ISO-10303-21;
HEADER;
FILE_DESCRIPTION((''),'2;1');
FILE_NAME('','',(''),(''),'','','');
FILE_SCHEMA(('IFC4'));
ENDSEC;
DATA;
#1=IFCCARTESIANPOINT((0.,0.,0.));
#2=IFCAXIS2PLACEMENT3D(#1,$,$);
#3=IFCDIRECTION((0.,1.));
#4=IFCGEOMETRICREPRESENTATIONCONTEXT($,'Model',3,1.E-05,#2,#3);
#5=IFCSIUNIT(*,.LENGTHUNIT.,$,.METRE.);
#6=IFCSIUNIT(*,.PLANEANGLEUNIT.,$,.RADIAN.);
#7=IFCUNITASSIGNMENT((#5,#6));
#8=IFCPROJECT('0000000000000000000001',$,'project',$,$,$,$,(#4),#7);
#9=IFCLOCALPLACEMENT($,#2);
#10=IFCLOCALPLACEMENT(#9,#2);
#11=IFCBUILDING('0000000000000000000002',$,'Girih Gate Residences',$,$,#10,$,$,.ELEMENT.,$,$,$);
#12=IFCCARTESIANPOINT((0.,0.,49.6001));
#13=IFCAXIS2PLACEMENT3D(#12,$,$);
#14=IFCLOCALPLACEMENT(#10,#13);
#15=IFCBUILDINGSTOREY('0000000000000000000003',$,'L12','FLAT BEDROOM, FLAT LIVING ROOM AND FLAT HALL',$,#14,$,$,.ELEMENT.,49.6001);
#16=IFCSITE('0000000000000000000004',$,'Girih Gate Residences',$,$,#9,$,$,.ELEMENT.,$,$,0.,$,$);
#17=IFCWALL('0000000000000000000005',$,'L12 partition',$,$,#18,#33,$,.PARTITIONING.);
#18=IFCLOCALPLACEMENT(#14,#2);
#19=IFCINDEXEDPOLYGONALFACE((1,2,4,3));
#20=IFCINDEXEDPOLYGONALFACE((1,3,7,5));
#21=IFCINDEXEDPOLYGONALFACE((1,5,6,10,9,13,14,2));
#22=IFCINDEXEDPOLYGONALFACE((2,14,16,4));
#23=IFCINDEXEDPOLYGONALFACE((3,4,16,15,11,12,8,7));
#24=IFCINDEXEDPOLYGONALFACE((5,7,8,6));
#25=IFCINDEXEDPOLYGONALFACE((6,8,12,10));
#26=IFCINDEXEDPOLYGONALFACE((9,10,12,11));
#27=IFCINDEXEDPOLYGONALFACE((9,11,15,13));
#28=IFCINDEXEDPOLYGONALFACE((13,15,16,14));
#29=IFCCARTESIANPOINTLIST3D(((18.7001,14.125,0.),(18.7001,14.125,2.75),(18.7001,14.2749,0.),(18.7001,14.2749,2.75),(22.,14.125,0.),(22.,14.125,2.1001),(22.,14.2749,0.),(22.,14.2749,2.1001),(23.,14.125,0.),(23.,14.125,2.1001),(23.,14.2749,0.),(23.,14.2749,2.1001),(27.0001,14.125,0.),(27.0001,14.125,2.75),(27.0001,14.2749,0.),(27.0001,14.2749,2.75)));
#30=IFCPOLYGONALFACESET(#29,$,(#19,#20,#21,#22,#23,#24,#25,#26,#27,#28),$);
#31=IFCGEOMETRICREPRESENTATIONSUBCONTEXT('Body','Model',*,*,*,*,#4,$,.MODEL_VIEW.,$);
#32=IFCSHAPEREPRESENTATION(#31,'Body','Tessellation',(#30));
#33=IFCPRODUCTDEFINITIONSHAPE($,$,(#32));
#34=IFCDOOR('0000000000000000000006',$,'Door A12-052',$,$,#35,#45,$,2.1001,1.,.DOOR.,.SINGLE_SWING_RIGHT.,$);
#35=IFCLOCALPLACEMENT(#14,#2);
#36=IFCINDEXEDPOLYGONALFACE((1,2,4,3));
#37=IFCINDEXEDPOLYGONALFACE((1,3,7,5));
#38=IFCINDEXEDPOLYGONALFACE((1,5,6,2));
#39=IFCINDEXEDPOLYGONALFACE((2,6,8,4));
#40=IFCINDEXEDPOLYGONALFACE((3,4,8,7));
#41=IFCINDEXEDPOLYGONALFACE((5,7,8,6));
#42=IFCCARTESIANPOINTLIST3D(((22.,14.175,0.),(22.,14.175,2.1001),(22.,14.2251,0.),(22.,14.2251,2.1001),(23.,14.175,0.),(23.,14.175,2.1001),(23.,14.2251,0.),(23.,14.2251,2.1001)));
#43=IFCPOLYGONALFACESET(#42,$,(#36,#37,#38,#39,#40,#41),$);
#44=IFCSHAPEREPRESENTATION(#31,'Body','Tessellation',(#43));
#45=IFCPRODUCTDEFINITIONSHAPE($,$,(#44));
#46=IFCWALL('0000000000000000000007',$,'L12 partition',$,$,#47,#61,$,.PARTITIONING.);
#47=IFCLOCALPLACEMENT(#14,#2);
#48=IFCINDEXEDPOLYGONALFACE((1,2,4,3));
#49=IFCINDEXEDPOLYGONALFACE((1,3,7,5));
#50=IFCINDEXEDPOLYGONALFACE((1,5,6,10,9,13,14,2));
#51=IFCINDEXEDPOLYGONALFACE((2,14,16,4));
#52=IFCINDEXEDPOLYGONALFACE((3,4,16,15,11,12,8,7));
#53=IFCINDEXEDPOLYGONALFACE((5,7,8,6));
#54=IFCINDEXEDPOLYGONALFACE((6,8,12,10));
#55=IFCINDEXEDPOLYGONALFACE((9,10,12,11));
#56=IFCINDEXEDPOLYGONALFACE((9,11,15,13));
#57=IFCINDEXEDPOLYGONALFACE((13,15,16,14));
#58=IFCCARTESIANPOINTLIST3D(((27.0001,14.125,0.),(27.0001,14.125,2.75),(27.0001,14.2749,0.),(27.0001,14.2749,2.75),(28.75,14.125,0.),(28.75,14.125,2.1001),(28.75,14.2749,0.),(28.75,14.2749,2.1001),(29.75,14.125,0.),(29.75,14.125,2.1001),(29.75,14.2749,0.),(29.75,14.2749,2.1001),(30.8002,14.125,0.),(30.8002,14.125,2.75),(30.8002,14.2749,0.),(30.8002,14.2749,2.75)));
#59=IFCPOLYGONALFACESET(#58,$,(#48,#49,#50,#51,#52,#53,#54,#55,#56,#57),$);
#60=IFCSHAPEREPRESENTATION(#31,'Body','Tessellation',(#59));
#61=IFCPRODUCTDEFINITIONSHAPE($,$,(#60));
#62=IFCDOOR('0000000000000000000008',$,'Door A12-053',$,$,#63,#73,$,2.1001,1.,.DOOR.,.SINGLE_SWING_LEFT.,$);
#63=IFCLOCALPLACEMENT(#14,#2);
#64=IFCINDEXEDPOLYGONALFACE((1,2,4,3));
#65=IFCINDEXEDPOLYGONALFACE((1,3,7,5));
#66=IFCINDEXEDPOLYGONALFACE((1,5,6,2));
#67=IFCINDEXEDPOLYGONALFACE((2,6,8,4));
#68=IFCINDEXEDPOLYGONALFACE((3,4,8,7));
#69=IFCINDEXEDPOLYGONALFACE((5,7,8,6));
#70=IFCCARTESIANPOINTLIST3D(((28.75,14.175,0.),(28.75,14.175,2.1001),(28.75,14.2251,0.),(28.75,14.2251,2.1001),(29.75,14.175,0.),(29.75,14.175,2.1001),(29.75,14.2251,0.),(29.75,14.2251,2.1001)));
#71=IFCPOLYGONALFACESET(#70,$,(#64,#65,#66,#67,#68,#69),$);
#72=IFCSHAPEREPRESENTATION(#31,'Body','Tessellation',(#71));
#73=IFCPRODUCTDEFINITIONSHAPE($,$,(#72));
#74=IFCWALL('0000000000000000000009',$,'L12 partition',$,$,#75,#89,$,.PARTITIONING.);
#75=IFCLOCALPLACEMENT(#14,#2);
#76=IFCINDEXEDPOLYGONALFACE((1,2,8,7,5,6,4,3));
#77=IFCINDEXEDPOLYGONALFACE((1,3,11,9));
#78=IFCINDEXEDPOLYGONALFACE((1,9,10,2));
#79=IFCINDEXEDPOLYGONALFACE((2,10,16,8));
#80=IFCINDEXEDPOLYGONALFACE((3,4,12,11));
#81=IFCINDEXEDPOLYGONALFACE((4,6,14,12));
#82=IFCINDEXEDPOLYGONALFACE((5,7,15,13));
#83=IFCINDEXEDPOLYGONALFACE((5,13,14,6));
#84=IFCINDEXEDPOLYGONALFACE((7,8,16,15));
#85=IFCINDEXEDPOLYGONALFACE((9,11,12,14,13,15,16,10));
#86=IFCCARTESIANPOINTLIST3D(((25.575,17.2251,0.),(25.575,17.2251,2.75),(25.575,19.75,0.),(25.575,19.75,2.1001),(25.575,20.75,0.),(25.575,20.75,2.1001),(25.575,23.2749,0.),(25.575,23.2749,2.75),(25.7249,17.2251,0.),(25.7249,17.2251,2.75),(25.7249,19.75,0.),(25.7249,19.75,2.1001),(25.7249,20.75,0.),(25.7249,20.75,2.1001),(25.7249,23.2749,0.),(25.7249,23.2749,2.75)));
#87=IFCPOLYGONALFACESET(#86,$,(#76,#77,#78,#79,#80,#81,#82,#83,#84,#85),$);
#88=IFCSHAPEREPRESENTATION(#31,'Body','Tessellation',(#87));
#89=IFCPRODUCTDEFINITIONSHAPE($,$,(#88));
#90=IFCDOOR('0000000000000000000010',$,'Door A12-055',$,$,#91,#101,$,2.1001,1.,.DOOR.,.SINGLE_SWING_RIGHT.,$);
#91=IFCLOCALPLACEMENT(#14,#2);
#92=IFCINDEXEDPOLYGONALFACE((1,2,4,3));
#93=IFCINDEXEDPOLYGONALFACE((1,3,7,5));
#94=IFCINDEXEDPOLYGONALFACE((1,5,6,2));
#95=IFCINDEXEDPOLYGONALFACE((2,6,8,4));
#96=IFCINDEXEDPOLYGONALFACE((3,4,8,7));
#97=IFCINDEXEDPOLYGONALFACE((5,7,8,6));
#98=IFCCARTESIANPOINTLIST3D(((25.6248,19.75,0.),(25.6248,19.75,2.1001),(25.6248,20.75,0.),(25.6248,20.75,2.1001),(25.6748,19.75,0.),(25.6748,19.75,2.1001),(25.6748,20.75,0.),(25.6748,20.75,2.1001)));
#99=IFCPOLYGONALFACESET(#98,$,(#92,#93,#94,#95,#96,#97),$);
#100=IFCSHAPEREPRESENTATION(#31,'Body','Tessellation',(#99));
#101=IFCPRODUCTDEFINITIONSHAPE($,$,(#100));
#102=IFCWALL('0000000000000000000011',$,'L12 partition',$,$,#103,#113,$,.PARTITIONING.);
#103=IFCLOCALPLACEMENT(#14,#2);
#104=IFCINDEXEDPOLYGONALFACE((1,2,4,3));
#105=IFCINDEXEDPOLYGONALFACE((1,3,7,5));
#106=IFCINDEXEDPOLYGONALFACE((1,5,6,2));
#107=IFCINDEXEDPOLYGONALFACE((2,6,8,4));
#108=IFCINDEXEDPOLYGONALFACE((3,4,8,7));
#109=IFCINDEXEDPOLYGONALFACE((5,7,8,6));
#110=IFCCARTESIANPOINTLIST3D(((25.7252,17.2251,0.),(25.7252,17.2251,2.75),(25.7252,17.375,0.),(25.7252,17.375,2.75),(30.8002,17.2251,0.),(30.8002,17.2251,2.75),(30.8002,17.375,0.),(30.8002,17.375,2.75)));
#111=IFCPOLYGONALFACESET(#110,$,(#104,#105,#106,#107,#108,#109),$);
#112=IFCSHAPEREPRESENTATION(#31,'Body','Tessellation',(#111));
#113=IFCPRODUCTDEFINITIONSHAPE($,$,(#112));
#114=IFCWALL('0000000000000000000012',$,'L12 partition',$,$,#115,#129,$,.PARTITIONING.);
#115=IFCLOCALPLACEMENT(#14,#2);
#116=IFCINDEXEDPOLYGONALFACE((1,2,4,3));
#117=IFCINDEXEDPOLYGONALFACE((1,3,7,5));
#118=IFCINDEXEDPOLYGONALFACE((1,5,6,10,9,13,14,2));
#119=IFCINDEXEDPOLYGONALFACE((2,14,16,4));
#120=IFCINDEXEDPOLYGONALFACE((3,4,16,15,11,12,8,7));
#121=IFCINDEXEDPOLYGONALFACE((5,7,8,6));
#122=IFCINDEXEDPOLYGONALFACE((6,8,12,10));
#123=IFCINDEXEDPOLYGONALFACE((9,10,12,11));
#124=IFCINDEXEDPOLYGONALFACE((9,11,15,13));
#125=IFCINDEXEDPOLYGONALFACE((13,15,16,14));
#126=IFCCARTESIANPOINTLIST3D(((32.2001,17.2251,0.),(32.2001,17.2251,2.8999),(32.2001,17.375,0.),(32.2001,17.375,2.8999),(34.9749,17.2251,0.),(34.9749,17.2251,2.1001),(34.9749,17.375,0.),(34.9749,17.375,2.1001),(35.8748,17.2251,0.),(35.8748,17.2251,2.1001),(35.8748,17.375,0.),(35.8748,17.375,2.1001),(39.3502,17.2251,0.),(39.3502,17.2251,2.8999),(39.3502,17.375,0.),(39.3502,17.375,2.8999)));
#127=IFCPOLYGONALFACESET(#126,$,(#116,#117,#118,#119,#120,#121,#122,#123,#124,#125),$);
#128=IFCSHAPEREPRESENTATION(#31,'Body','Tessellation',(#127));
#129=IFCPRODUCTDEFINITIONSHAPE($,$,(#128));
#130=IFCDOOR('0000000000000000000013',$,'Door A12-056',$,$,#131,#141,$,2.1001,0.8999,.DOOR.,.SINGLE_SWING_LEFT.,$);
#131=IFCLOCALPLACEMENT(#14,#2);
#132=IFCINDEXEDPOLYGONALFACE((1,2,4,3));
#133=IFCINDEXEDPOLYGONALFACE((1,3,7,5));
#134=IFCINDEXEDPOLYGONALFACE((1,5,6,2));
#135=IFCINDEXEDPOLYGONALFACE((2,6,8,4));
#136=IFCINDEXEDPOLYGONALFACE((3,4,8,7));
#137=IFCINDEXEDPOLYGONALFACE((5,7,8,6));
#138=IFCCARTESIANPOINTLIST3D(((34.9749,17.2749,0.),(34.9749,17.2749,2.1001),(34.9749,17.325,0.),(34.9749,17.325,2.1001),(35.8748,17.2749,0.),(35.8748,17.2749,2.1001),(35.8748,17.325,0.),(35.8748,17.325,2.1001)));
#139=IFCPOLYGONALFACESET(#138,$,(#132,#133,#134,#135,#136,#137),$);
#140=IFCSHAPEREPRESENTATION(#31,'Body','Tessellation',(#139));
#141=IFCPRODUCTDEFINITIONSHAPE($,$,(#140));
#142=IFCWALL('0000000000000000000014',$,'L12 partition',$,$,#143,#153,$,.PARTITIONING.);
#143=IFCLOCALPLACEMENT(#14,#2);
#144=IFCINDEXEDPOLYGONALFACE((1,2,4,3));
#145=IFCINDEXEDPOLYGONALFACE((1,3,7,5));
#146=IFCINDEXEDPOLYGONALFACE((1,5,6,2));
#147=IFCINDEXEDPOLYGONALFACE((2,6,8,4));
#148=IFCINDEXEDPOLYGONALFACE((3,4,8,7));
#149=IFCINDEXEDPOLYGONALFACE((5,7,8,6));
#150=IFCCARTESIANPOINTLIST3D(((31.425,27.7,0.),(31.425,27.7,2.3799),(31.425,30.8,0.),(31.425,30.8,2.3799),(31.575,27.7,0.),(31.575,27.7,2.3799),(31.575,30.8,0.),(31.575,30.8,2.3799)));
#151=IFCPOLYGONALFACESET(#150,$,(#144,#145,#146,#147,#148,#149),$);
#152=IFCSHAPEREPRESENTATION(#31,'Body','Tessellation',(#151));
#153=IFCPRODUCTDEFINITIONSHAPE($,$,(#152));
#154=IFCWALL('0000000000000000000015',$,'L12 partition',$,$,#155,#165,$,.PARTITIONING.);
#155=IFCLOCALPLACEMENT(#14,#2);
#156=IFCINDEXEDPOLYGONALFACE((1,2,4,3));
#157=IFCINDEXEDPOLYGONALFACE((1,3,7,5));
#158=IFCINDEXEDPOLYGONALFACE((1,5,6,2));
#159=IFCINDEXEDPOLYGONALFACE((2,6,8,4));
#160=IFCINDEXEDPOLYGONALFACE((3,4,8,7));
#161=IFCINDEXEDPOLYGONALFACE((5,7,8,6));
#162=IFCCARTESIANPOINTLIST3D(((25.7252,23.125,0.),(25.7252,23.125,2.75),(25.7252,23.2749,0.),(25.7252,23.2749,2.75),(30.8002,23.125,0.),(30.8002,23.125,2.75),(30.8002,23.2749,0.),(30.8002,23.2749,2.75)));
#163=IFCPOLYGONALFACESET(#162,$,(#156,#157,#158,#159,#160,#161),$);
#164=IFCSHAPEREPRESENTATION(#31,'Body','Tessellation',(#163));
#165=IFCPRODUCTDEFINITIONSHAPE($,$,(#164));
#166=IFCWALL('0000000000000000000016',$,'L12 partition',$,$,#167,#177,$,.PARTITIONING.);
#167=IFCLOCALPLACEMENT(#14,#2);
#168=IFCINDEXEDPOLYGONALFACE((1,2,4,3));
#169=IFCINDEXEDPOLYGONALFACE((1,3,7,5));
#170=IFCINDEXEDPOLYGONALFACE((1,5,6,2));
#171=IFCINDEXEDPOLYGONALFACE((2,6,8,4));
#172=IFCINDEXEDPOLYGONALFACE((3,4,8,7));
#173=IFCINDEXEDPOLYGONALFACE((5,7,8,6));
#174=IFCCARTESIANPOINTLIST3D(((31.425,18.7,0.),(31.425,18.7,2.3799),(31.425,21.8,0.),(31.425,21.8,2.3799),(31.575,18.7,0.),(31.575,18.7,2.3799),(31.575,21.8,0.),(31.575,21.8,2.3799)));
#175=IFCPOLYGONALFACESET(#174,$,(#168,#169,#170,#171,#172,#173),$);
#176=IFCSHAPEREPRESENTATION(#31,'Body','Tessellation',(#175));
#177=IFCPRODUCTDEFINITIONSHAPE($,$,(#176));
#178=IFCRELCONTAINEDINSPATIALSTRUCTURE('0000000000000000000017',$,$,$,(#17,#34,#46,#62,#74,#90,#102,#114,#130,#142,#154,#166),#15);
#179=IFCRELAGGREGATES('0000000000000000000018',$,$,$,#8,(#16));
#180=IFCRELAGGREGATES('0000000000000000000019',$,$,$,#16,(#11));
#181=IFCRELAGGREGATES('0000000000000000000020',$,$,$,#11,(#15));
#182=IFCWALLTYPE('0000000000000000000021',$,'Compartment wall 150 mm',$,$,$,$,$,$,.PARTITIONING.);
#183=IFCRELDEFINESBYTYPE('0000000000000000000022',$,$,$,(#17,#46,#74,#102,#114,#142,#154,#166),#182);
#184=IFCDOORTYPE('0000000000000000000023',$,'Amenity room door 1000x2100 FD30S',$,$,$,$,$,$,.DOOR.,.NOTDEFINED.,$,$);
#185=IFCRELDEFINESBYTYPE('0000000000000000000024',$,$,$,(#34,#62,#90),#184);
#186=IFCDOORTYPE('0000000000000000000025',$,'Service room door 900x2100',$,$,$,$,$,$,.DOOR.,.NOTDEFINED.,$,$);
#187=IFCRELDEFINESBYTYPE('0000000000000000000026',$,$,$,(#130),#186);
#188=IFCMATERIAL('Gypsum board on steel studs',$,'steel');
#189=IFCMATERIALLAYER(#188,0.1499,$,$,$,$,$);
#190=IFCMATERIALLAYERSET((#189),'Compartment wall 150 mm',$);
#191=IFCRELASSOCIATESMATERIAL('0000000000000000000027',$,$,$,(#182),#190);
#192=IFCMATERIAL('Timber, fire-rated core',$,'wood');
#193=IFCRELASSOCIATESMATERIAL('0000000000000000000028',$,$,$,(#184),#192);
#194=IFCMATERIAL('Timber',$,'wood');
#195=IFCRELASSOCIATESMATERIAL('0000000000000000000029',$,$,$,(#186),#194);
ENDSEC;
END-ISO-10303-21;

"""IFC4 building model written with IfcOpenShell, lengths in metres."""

from ifc_helpers import new_model, si_unit, direction, frame, frame_2d, origin, place, context, subcontext, project, spatial, rectangle, extrude, material, layer, layer_set, type_object, element, fill, save


model = new_model("IFC4")

# Units and contexts
model_context = context("Model", 3, precision=1e-05, world=origin(), true_north=direction((0.0, 1.0)))
body_context = subcontext(model_context, "Body", "Model", "MODEL_VIEW")
ifc_project = project(units=[si_unit("LENGTHUNIT", "METRE"), si_unit("PLANEANGLEUNIT", "RADIAN")], contexts=[model_context])

# Site, building, storey
site_placement = place(None, origin())
site = spatial("IfcSite", under=ifc_project, at=site_placement, Name="Girih Gate Residences", CompositionType="ELEMENT", RefElevation=0.0)
building_placement = place(site_placement, origin())
building = spatial("IfcBuilding", under=site, at=building_placement, Name="Girih Gate Residences", CompositionType="ELEMENT")
storey_placement = place(building_placement, frame((0.0, 0.0, 49.6001)))
storey = spatial("IfcBuildingStorey", under=building, at=storey_placement, Name="L12", Description="FLAT BEDROOM, FLAT LIVING ROOM AND FLAT HALL", CompositionType="ELEMENT", Elevation=49.6001)

# Shared definitions
ifc_material_1 = material(Name="Gypsum board on steel studs", Category="steel")
ifc_layer_1 = layer(ifc_material_1, 0.1499)
ifc_layer_set_1 = layer_set([ifc_layer_1], Name="Compartment wall 150 mm")
wall_type_1 = type_object("IfcWallType", Name="Compartment wall 150 mm", PredefinedType="PARTITIONING", material=ifc_layer_set_1)

# Shared definitions
ifc_material_2 = material(Name="Timber, fire-rated core", Category="wood")

# Walls, openings, doors
wall_1_placement = place(storey_placement, frame((27.0, 14.2, 0.0), z_axis=(0.0, 0.0, 1.0), x_axis=(-1.0, 0.0, 0.0)))
wall_1 = element("IfcWall", 1, at=wall_1_placement, inside=storey, type_object=wall_type_1, Name="L12 partition", PredefinedType="PARTITIONING", context=body_context, shape_type="SweptSolid", body=[
    extrude(rectangle(XDim=8.3, YDim=0.1499, at=frame_2d((4.1499, 0.0))), origin(), (0.0, 0.0, 1.0), 2.75),
])
opening_1_placement = place(wall_1_placement, frame((4.0, 0.0, 0.0)))
opening_1 = element("IfcOpeningElement", 2, at=opening_1_placement, cuts=wall_1, PredefinedType="OPENING", context=body_context, shape_type="SweptSolid", body=[
    extrude(rectangle(XDim=1.0, YDim=2.1001, at=frame_2d((0.5, 1.05))), frame((0.0, 0.085, 0.0), z_axis=(0.0, -1.0, 0.0), x_axis=(1.0, 0.0, 0.0)), (0.0, 0.0, 1.0), 0.1699),
])
door_type_1 = type_object("IfcDoorType", Name="Amenity room door 1000x2100 FD30S", OperationType="NOTDEFINED", PredefinedType="DOOR", material=ifc_material_2)
door_1_placement = place(opening_1_placement, origin())
door_1 = element("IfcDoor", 3, at=door_1_placement, inside=storey, type_object=door_type_1, Name="Door A12-052", OperationType="SINGLE_SWING_RIGHT", OverallHeight=2.1001, OverallWidth=1.0, PredefinedType="DOOR", context=body_context, shape_type="SweptSolid", body=[
    extrude(rectangle(XDim=1.0, YDim=2.1001, at=frame_2d((0.5, 1.05))), frame((0.0, 0.0249, 0.0), z_axis=(0.0, -1.0, 0.0), x_axis=(1.0, 0.0, 0.0)), (0.0, 0.0, 1.0), 0.05),
])
fill(opening_1, door_1)
wall_2_placement = place(storey_placement, frame((30.8, 14.2, 0.0), z_axis=(0.0, 0.0, 1.0), x_axis=(-1.0, 0.0, 0.0)))
wall_2 = element("IfcWall", 4, at=wall_2_placement, inside=storey, type_object=wall_type_1, Name="L12 partition", PredefinedType="PARTITIONING", context=body_context, shape_type="SweptSolid", body=[
    extrude(rectangle(XDim=3.8, YDim=0.1499, at=frame_2d((1.8999, 0.0))), origin(), (0.0, 0.0, 1.0), 2.75),
])
opening_2_placement = place(wall_2_placement, frame((1.05, 0.0, 0.0)))
opening_2 = element("IfcOpeningElement", 5, at=opening_2_placement, cuts=wall_2, PredefinedType="OPENING", context=body_context, shape_type="SweptSolid", body=[
    extrude(rectangle(XDim=1.0, YDim=2.1001, at=frame_2d((0.5, 1.05))), frame((0.0, 0.085, 0.0), z_axis=(0.0, -1.0, 0.0), x_axis=(1.0, 0.0, 0.0)), (0.0, 0.0, 1.0), 0.1699),
])
door_2_placement = place(opening_2_placement, origin())
door_2 = element("IfcDoor", 6, at=door_2_placement, inside=storey, type_object=door_type_1, Name="Door A12-053", OperationType="SINGLE_SWING_LEFT", OverallHeight=2.1001, OverallWidth=1.0, PredefinedType="DOOR", context=body_context, shape_type="SweptSolid", body=[
    extrude(rectangle(XDim=1.0, YDim=2.1001, at=frame_2d((0.5, 1.05))), frame((0.0, 0.0249, 0.0), z_axis=(0.0, -1.0, 0.0), x_axis=(1.0, 0.0, 0.0)), (0.0, 0.0, 1.0), 0.05),
])
fill(opening_2, door_2)
wall_3_placement = place(storey_placement, frame((25.6499, 23.2749, 0.0), z_axis=(0.0, 0.0, 1.0), x_axis=(0.0, -1.0, 0.0)))
wall_3 = element("IfcWall", 7, at=wall_3_placement, inside=storey, type_object=wall_type_1, Name="L12 partition", PredefinedType="PARTITIONING", context=body_context, shape_type="SweptSolid", body=[
    extrude(rectangle(XDim=6.0498, YDim=0.1499, at=frame_2d((3.0249, 0.0))), origin(), (0.0, 0.0, 1.0), 2.75),
])
opening_3_placement = place(wall_3_placement, frame((2.5249, 0.0, 0.0)))
opening_3 = element("IfcOpeningElement", 8, at=opening_3_placement, cuts=wall_3, PredefinedType="OPENING", context=body_context, shape_type="SweptSolid", body=[
    extrude(rectangle(XDim=1.0, YDim=2.1001, at=frame_2d((0.5, 1.05))), frame((0.0, 0.085, 0.0), z_axis=(0.0, -1.0, 0.0), x_axis=(1.0, 0.0, 0.0)), (0.0, 0.0, 1.0), 0.1699),
])
door_3_placement = place(opening_3_placement, origin())
door_3 = element("IfcDoor", 9, at=door_3_placement, inside=storey, type_object=door_type_1, Name="Door A12-055", OperationType="SINGLE_SWING_RIGHT", OverallHeight=2.1001, OverallWidth=1.0, PredefinedType="DOOR", context=body_context, shape_type="SweptSolid", body=[
    extrude(rectangle(XDim=1.0, YDim=2.1001, at=frame_2d((0.5, 1.05))), frame((0.0, 0.0249, 0.0), z_axis=(0.0, -1.0, 0.0), x_axis=(1.0, 0.0, 0.0)), (0.0, 0.0, 1.0), 0.05),
])
fill(opening_3, door_3)

# Wall
wall_4_placement = place(storey_placement, frame((25.7251, 17.3, 0.0), z_axis=(0.0, 0.0, 1.0), x_axis=(1.0, 0.0, 0.0)))
element("IfcWall", 10, at=wall_4_placement, inside=storey, type_object=wall_type_1, Name="L12 partition", PredefinedType="PARTITIONING", context=body_context, shape_type="SweptSolid", body=[
    extrude(rectangle(XDim=5.075, YDim=0.1499, at=frame_2d((2.5376, 0.0))), origin(), (0.0, 0.0, 1.0), 2.75),
])

# Wall, opening, door
wall_5_placement = place(storey_placement, frame((32.2, 17.3, 0.0), z_axis=(0.0, 0.0, 1.0), x_axis=(1.0, 0.0, 0.0)))
wall_5 = element("IfcWall", 11, at=wall_5_placement, inside=storey, type_object=wall_type_1, Name="L12 partition", PredefinedType="PARTITIONING", context=body_context, shape_type="SweptSolid", body=[
    extrude(rectangle(XDim=7.1501, YDim=0.1499, at=frame_2d((3.5752, 0.0))), origin(), (0.0, 0.0, 1.0), 2.8999),
])
opening_4_placement = place(wall_5_placement, frame((2.7749, 0.0, 0.0)))
opening_4 = element("IfcOpeningElement", 12, at=opening_4_placement, cuts=wall_5, PredefinedType="OPENING", context=body_context, shape_type="SweptSolid", body=[
    extrude(rectangle(XDim=0.8999, YDim=2.1001, at=frame_2d((0.45, 1.05))), frame((0.0, 0.085, 0.0), z_axis=(0.0, -1.0, 0.0), x_axis=(1.0, 0.0, 0.0)), (0.0, 0.0, 1.0), 0.1699),
])
ifc_material_3 = material(Name="Timber", Category="wood")
door_type_2 = type_object("IfcDoorType", Name="Service room door 900x2100", OperationType="NOTDEFINED", PredefinedType="DOOR", material=ifc_material_3)
door_4_placement = place(opening_4_placement, origin())
door_4 = element("IfcDoor", 13, at=door_4_placement, inside=storey, type_object=door_type_2, Name="Door A12-056", OperationType="SINGLE_SWING_LEFT", OverallHeight=2.1001, OverallWidth=0.8999, PredefinedType="DOOR", context=body_context, shape_type="SweptSolid", body=[
    extrude(rectangle(XDim=0.8999, YDim=2.1001, at=frame_2d((0.45, 1.05))), frame((0.0, 0.0249, 0.0), z_axis=(0.0, -1.0, 0.0), x_axis=(1.0, 0.0, 0.0)), (0.0, 0.0, 1.0), 0.05),
])
fill(opening_4, door_4)

# Walls
wall_6_placement = place(storey_placement, frame((31.5, 27.7, 0.0), z_axis=(0.0, 0.0, 1.0), x_axis=(0.0, 1.0, 0.0)))
element("IfcWall", 14, at=wall_6_placement, inside=storey, type_object=wall_type_1, Name="L12 partition", PredefinedType="PARTITIONING", context=body_context, shape_type="SweptSolid", body=[
    extrude(rectangle(XDim=3.1001, YDim=0.1499, at=frame_2d((1.55, 0.0))), origin(), (0.0, 0.0, 1.0), 2.3799),
])
wall_7_placement = place(storey_placement, frame((25.7251, 23.2, 0.0), z_axis=(0.0, 0.0, 1.0), x_axis=(1.0, 0.0, 0.0)))
element("IfcWall", 15, at=wall_7_placement, inside=storey, type_object=wall_type_1, Name="L12 partition", PredefinedType="PARTITIONING", context=body_context, shape_type="SweptSolid", body=[
    extrude(rectangle(XDim=5.075, YDim=0.1499, at=frame_2d((2.5376, 0.0))), origin(), (0.0, 0.0, 1.0), 2.75),
])
wall_8_placement = place(storey_placement, frame((31.5, 18.7, 0.0), z_axis=(0.0, 0.0, 1.0), x_axis=(0.0, 1.0, 0.0)))
element("IfcWall", 16, at=wall_8_placement, inside=storey, type_object=wall_type_1, Name="L12 partition", PredefinedType="PARTITIONING", context=body_context, shape_type="SweptSolid", body=[
    extrude(rectangle(XDim=3.1001, YDim=0.1499, at=frame_2d((1.55, 0.0))), origin(), (0.0, 0.0, 1.0), 2.3799),
])

save(model, "model.ifc")
